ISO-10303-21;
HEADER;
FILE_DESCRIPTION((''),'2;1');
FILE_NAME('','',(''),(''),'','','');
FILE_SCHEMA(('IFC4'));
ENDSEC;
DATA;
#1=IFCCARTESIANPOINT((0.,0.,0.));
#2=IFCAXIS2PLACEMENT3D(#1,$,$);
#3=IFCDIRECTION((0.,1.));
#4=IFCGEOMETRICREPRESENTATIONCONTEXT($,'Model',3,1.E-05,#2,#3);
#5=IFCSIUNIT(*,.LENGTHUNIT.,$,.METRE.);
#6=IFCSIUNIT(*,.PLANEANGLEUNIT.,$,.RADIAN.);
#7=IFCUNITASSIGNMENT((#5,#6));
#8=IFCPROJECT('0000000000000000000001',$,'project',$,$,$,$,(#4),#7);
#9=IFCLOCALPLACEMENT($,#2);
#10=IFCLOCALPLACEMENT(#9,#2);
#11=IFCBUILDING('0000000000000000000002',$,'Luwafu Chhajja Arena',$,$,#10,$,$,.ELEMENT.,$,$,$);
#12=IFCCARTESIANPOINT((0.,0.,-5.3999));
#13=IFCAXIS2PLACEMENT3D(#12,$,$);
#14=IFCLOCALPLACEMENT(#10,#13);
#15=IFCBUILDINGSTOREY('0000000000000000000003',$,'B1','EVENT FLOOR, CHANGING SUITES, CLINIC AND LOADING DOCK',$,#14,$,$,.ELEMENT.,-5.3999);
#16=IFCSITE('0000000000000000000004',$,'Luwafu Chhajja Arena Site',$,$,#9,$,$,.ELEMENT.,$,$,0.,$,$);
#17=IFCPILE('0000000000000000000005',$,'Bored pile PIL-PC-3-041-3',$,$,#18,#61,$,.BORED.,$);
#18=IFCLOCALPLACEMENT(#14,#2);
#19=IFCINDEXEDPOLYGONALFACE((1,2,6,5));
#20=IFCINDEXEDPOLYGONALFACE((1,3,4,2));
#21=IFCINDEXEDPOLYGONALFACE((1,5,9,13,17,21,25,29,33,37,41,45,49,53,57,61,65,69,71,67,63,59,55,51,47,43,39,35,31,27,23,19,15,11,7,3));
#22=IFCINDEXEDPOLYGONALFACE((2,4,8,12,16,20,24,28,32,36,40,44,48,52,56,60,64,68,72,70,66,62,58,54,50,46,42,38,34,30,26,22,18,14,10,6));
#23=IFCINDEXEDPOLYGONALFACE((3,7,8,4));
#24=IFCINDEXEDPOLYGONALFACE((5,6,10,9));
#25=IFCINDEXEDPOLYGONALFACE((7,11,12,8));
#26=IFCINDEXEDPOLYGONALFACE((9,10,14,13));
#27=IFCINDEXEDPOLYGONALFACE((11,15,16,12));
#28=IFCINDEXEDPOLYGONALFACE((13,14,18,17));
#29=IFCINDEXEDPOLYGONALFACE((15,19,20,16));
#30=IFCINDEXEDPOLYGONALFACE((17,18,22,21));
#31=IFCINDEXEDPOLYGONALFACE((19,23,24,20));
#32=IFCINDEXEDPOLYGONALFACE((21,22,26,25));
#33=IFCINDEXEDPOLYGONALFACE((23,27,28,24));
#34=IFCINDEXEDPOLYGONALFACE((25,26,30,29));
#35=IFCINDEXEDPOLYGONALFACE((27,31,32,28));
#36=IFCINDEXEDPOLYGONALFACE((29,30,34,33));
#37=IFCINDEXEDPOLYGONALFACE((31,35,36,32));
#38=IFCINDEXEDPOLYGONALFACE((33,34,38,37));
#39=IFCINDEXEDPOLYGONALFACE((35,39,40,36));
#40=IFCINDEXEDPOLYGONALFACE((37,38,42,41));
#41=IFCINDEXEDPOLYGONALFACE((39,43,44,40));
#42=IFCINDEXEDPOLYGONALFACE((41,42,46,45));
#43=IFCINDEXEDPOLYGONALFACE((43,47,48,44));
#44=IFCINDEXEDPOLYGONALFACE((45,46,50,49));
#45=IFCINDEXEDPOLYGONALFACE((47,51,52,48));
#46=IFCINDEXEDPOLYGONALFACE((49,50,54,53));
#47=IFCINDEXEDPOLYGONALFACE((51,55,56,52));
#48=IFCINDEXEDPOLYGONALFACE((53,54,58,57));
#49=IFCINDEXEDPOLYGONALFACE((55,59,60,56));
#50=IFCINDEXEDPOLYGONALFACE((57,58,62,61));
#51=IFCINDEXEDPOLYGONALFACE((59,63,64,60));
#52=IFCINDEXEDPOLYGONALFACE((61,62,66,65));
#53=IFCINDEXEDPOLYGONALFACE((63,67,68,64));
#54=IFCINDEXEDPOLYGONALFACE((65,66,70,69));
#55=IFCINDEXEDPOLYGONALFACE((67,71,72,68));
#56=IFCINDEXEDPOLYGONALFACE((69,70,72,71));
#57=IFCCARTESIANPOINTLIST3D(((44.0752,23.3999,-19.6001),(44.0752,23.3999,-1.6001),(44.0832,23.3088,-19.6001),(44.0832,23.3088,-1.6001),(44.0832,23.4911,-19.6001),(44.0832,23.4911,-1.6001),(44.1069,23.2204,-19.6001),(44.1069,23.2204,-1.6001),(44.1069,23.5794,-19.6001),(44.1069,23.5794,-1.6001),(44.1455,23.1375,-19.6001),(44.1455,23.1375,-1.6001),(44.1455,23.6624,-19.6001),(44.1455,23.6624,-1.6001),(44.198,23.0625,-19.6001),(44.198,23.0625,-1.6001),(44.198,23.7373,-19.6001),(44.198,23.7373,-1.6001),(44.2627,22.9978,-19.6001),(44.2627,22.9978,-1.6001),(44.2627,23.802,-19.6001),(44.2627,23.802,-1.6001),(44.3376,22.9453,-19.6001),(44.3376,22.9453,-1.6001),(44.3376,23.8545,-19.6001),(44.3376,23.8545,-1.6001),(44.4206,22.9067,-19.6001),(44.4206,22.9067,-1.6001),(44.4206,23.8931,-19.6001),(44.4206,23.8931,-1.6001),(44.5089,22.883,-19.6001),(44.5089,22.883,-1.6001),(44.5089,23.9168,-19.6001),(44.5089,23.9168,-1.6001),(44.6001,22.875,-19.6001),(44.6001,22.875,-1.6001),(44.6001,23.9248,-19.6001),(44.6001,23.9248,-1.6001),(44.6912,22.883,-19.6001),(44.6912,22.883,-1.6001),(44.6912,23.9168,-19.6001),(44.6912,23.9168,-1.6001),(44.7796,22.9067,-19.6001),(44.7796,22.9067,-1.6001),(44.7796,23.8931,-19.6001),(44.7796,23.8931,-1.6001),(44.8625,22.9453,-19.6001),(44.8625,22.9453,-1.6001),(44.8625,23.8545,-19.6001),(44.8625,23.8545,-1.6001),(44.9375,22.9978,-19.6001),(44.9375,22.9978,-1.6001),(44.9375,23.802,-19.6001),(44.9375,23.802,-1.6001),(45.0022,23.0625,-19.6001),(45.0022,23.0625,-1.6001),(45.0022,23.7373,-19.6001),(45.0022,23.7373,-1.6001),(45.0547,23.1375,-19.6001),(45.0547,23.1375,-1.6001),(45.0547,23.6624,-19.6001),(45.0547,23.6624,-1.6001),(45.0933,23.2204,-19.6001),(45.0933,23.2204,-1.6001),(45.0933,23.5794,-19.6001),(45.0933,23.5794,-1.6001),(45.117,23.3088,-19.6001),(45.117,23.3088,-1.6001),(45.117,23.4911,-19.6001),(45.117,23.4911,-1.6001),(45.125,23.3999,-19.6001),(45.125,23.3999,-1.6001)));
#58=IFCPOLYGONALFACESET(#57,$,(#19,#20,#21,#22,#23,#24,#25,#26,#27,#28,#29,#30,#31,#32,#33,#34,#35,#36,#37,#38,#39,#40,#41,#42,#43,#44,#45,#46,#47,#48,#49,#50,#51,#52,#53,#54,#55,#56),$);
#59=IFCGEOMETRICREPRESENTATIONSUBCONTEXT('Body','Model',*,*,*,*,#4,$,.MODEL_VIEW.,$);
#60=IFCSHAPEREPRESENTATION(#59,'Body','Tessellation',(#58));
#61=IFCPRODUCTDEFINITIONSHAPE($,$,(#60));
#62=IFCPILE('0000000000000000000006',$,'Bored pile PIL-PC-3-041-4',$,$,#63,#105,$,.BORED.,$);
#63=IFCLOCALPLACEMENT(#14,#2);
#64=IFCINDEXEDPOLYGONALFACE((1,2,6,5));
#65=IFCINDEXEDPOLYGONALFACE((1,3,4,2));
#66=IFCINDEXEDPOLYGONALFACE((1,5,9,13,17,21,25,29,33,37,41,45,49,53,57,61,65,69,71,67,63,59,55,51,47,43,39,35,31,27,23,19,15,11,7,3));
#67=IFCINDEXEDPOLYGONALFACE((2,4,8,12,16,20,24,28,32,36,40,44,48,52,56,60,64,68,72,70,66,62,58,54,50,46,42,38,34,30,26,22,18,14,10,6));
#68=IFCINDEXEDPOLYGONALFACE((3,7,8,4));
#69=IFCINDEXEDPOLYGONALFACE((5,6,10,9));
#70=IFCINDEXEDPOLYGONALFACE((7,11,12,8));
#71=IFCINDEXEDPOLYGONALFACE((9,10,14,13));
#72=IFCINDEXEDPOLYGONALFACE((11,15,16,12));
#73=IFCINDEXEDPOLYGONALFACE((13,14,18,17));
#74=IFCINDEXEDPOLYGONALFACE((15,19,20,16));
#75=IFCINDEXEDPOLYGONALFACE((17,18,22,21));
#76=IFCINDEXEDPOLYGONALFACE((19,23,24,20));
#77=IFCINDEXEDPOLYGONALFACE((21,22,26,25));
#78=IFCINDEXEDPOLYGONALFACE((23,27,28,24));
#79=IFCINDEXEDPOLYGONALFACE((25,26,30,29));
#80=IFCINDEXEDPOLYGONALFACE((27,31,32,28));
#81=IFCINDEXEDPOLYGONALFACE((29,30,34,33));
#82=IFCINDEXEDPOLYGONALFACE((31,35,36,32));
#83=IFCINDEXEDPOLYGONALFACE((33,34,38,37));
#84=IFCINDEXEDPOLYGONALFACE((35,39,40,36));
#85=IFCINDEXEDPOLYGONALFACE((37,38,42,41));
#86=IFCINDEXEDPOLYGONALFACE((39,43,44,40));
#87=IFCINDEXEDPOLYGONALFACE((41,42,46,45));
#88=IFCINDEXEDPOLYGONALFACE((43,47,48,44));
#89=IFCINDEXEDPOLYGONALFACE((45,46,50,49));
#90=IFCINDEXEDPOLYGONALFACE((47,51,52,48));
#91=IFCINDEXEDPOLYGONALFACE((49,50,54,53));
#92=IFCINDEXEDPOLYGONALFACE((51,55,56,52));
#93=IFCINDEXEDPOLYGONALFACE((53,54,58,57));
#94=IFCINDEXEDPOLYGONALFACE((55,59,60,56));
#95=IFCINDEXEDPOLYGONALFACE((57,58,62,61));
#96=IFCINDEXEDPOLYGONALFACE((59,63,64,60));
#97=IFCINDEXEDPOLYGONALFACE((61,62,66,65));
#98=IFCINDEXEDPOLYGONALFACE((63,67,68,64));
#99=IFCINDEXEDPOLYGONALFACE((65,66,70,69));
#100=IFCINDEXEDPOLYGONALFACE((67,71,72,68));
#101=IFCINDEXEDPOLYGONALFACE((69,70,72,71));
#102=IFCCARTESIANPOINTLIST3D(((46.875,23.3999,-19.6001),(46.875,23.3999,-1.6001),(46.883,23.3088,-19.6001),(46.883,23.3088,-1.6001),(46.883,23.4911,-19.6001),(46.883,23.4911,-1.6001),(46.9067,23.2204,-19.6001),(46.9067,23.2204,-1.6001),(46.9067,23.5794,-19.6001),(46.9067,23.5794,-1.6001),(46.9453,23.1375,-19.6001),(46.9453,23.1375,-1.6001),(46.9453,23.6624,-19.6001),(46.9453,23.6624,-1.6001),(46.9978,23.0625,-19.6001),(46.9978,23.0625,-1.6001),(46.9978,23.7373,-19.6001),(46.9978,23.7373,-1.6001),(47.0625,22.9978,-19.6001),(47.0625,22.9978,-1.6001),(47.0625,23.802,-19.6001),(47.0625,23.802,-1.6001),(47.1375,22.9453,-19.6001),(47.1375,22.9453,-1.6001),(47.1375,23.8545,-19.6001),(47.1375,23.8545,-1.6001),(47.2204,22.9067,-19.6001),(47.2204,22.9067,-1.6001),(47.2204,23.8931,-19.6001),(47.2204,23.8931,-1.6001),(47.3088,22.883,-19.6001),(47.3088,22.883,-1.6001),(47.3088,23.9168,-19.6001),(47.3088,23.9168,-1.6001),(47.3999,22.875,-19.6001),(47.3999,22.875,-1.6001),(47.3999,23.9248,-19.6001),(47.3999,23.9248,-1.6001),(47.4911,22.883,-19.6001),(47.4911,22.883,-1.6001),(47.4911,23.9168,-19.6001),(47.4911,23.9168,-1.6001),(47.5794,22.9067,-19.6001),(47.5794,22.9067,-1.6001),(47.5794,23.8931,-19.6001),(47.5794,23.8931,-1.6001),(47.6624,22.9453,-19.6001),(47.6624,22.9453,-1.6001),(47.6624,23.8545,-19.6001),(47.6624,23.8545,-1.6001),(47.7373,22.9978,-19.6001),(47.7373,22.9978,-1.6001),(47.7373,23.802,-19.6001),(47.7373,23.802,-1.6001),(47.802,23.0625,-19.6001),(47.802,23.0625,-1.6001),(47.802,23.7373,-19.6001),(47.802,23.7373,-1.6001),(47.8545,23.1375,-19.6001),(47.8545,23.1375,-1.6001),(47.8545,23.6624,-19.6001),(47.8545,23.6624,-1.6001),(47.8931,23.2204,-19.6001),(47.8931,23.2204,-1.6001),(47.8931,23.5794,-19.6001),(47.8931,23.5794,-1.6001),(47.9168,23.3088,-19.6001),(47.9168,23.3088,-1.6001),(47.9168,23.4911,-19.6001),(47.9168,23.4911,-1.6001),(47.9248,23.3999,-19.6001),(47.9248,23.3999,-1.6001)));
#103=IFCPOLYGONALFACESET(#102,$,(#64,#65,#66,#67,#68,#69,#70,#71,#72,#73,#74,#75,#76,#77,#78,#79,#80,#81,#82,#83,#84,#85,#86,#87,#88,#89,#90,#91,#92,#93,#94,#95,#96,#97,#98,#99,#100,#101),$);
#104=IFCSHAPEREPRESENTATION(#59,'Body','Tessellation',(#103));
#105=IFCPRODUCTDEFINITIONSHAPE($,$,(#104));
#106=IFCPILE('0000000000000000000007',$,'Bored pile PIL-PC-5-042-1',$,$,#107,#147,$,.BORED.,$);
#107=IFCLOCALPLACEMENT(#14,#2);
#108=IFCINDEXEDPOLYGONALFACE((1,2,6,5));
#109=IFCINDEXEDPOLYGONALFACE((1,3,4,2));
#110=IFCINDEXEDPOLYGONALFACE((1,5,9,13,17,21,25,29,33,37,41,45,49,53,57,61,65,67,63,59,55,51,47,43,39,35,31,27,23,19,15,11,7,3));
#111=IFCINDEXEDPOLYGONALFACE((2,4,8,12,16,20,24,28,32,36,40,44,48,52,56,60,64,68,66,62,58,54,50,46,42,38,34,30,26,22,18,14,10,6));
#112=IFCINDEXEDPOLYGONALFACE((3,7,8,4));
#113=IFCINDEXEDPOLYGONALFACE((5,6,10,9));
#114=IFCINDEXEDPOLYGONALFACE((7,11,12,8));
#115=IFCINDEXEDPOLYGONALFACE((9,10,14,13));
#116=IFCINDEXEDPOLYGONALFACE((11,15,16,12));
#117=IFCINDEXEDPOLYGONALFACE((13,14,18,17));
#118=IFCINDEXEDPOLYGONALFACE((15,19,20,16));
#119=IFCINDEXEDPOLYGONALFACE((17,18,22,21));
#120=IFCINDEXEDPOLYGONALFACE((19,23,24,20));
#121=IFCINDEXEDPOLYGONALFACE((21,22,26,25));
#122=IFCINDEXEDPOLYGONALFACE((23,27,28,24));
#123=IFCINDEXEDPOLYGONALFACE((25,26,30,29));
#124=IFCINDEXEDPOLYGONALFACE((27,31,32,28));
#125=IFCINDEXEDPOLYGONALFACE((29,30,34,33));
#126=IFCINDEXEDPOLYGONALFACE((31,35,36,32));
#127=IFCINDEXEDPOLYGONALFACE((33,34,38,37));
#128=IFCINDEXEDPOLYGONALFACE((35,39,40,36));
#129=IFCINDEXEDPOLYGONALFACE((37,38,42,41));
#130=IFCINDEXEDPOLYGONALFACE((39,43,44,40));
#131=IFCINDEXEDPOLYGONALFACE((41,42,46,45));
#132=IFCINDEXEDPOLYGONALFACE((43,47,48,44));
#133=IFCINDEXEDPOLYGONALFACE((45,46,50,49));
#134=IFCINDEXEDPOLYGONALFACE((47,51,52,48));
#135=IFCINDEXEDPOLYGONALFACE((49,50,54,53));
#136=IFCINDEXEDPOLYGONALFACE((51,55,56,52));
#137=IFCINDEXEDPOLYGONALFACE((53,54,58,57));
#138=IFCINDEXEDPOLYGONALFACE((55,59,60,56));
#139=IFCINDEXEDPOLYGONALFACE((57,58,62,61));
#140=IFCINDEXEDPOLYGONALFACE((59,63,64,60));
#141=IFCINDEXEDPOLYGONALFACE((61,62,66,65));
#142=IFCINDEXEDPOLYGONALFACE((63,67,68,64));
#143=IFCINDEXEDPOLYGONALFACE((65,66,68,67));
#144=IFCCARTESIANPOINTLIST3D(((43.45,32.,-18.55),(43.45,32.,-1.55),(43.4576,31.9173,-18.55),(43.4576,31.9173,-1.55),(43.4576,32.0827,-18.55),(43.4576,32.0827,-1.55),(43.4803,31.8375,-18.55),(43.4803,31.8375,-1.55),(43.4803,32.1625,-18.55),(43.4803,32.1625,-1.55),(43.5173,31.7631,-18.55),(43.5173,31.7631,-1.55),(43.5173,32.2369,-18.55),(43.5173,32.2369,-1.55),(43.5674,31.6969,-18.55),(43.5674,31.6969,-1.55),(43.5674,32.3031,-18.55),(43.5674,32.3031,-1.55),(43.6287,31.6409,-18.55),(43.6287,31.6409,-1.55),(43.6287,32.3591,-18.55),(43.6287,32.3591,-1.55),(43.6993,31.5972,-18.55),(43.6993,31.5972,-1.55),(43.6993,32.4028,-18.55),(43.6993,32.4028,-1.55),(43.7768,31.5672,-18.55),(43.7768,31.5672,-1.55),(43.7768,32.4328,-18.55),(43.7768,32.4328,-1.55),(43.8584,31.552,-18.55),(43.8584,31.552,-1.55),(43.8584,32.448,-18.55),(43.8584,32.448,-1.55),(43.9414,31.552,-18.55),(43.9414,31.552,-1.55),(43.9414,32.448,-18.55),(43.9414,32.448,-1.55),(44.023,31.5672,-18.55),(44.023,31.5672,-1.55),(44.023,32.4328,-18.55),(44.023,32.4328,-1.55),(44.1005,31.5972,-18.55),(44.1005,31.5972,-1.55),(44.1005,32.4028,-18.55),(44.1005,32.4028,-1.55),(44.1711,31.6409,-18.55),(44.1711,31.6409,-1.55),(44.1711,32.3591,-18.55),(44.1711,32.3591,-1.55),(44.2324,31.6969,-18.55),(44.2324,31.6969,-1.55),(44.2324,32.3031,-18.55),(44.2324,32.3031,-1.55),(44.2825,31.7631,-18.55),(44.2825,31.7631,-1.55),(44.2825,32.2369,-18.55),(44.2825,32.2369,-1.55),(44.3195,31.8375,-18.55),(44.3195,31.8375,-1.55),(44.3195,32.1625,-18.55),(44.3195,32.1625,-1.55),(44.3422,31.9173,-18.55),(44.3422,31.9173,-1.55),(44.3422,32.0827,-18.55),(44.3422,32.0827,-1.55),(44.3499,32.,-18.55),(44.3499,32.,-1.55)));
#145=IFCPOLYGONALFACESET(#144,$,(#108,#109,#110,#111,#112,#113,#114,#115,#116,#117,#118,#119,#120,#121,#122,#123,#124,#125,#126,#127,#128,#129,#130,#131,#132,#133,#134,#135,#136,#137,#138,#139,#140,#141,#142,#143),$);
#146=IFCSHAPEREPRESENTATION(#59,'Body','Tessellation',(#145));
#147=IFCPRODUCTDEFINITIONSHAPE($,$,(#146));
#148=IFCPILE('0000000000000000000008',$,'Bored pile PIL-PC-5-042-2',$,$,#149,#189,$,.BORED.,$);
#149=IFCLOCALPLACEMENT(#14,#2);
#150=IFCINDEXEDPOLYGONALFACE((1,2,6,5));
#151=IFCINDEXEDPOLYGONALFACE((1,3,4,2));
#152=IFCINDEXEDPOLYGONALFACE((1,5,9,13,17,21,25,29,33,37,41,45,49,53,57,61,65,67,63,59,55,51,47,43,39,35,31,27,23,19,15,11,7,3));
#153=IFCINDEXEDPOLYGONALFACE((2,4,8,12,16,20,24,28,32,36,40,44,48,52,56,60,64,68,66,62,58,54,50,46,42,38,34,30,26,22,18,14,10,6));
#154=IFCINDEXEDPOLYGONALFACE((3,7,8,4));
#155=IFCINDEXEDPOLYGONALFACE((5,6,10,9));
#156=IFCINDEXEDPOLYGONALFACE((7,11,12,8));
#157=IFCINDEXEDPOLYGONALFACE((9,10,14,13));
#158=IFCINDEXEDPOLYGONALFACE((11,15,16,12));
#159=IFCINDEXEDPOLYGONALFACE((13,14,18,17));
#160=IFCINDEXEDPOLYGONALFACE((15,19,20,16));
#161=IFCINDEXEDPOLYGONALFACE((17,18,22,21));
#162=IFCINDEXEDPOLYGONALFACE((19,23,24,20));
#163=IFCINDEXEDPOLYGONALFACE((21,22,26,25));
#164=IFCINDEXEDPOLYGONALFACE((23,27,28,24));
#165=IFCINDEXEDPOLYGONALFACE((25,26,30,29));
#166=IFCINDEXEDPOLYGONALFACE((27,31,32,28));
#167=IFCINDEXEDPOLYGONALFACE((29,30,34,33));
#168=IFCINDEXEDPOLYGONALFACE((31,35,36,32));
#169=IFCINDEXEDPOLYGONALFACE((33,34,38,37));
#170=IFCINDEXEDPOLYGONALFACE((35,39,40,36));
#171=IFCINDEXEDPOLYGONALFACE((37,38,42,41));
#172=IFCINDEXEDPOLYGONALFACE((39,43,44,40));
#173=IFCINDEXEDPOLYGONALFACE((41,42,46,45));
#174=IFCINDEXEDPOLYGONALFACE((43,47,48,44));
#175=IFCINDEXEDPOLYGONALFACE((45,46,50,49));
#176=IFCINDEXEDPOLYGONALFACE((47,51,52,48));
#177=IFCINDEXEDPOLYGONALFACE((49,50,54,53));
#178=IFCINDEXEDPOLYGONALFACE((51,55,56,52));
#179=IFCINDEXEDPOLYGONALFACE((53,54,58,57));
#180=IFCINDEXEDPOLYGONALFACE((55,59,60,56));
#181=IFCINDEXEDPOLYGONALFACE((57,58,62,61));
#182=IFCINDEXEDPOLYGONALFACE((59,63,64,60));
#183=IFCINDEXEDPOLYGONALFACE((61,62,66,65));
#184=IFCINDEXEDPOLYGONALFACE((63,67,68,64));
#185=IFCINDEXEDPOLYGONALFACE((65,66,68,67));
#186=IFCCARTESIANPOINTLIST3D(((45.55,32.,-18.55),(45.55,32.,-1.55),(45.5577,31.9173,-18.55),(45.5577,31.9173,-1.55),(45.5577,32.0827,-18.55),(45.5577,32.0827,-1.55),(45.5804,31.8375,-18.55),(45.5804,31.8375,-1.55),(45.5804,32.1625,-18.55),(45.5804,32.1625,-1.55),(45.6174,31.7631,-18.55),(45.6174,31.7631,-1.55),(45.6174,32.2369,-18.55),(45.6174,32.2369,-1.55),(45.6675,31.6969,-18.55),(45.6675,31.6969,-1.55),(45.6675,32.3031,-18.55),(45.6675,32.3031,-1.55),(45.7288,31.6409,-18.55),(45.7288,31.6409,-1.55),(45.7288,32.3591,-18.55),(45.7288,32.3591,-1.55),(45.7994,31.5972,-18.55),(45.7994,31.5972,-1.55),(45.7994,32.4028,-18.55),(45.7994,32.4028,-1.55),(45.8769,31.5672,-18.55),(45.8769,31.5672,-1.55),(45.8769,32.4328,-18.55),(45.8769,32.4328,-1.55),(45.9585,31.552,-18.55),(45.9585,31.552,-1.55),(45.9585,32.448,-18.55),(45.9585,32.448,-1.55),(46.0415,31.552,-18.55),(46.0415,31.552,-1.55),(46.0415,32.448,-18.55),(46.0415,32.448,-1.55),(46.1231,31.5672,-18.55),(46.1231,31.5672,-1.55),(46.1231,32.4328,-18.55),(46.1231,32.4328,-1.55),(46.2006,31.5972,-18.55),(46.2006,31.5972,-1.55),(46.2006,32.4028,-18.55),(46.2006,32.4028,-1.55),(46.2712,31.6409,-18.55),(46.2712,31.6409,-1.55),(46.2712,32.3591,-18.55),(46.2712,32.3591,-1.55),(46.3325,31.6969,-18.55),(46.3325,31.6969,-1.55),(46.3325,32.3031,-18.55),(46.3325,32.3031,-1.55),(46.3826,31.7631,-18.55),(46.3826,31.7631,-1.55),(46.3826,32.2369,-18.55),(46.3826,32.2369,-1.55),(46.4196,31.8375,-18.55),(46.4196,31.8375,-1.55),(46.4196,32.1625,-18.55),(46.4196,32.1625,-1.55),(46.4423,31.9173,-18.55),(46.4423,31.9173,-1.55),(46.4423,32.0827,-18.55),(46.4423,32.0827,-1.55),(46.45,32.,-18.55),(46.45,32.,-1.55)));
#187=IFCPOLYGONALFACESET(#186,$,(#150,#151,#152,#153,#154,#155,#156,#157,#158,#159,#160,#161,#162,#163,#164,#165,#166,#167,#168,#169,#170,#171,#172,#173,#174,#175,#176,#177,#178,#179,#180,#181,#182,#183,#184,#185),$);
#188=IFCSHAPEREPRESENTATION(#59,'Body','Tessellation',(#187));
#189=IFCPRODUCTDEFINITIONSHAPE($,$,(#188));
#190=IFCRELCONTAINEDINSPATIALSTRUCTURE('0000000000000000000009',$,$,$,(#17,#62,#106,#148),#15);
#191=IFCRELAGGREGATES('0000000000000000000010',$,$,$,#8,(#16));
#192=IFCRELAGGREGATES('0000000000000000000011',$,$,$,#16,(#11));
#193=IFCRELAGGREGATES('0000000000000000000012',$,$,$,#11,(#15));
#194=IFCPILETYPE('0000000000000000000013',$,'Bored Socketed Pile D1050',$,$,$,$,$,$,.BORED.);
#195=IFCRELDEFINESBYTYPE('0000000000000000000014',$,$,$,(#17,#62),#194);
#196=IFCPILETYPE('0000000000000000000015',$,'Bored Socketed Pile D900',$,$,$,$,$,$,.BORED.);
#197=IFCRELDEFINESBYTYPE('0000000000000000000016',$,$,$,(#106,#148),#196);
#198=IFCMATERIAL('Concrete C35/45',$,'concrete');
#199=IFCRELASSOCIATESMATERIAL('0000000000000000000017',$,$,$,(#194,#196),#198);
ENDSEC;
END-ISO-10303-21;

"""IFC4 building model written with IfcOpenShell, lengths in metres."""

from ifc_helpers import new_model, si_unit, direction, frame, origin, origin_2d, place, context, subcontext, project, spatial, circle, extrude, material, material_profile, profile_set, type_object, element, save


model = new_model("IFC4")

# Units and contexts
model_context = context("Model", 3, precision=1e-05, world=origin(), true_north=direction((0.0, 1.0)))
body_context = subcontext(model_context, "Body", "Model", "MODEL_VIEW")
ifc_project = project(units=[si_unit("LENGTHUNIT", "METRE"), si_unit("PLANEANGLEUNIT", "RADIAN")], contexts=[model_context])

# Site, building, storey
site_placement = place(None, origin())
site = spatial("IfcSite", under=ifc_project, at=site_placement, Name="Luwafu Chhajja Arena Site", CompositionType="ELEMENT", RefElevation=0.0)
building_placement = place(site_placement, origin())
building = spatial("IfcBuilding", under=site, at=building_placement, Name="Luwafu Chhajja Arena", CompositionType="ELEMENT")
storey_placement = place(building_placement, frame((0.0, 0.0, -5.3999)))
storey = spatial("IfcBuildingStorey", under=building, at=storey_placement, Name="B1", Description="EVENT FLOOR, CHANGING SUITES, CLINIC AND LOADING DOCK", CompositionType="ELEMENT", Elevation=-5.3999)

# Piles
ifc_material_1 = material(Name="Concrete C35/45", Category="concrete")
ifc_material_profile_1 = material_profile(ifc_material_1, circle(Radius=0.5249, at=origin_2d()), Name="PILE D1050")
ifc_profile_set_1 = profile_set([ifc_material_profile_1], Name="Concrete C35/45")
pile_type_1 = type_object("IfcPileType", Name="Bored Socketed Pile D1050", PredefinedType="BORED", material=ifc_profile_set_1)
for number, where, z_axis, x_axis, name in (
    (1, (44.6001, 23.3999, -1.6001), (0.0, 0.0, -1.0), (1.0, 0.0, 0.0), "Bored pile PIL-PC-3-041-3"),
    (2, (47.3999, 23.3999, -1.6001), (0.0, 0.0, -1.0), (1.0, 0.0, 0.0), "Bored pile PIL-PC-3-041-4"),
):
    element("IfcPile", number, at=place(storey_placement, frame(where, z_axis=z_axis, x_axis=x_axis)), inside=storey, type_object=pile_type_1, Name=name, PredefinedType="BORED", context=body_context, shape_type="SweptSolid", body=[
        extrude(circle(Radius=0.5249, at=origin_2d()), origin(), (0.0, 0.0, 1.0), 18.0),
    ])
ifc_material_profile_2 = material_profile(ifc_material_1, circle(Radius=0.45, at=origin_2d()), Name="PILE D900")
ifc_profile_set_2 = profile_set([ifc_material_profile_2], Name="Concrete C35/45")
pile_type_2 = type_object("IfcPileType", Name="Bored Socketed Pile D900", PredefinedType="BORED", material=ifc_profile_set_2)
for number, where, z_axis, x_axis, name in (
    (3, (43.8999, 32.0, -1.55), (0.0, 0.0, -1.0), (1.0, 0.0, 0.0), "Bored pile PIL-PC-5-042-1"),
    (4, (46.0, 32.0, -1.55), (0.0, 0.0, -1.0), (1.0, 0.0, 0.0), "Bored pile PIL-PC-5-042-2"),
):
    element("IfcPile", number, at=place(storey_placement, frame(where, z_axis=z_axis, x_axis=x_axis)), inside=storey, type_object=pile_type_2, Name=name, PredefinedType="BORED", context=body_context, shape_type="SweptSolid", body=[
        extrude(circle(Radius=0.45, at=origin_2d()), origin(), (0.0, 0.0, 1.0), 17.0),
    ])

save(model, "model.ifc")
